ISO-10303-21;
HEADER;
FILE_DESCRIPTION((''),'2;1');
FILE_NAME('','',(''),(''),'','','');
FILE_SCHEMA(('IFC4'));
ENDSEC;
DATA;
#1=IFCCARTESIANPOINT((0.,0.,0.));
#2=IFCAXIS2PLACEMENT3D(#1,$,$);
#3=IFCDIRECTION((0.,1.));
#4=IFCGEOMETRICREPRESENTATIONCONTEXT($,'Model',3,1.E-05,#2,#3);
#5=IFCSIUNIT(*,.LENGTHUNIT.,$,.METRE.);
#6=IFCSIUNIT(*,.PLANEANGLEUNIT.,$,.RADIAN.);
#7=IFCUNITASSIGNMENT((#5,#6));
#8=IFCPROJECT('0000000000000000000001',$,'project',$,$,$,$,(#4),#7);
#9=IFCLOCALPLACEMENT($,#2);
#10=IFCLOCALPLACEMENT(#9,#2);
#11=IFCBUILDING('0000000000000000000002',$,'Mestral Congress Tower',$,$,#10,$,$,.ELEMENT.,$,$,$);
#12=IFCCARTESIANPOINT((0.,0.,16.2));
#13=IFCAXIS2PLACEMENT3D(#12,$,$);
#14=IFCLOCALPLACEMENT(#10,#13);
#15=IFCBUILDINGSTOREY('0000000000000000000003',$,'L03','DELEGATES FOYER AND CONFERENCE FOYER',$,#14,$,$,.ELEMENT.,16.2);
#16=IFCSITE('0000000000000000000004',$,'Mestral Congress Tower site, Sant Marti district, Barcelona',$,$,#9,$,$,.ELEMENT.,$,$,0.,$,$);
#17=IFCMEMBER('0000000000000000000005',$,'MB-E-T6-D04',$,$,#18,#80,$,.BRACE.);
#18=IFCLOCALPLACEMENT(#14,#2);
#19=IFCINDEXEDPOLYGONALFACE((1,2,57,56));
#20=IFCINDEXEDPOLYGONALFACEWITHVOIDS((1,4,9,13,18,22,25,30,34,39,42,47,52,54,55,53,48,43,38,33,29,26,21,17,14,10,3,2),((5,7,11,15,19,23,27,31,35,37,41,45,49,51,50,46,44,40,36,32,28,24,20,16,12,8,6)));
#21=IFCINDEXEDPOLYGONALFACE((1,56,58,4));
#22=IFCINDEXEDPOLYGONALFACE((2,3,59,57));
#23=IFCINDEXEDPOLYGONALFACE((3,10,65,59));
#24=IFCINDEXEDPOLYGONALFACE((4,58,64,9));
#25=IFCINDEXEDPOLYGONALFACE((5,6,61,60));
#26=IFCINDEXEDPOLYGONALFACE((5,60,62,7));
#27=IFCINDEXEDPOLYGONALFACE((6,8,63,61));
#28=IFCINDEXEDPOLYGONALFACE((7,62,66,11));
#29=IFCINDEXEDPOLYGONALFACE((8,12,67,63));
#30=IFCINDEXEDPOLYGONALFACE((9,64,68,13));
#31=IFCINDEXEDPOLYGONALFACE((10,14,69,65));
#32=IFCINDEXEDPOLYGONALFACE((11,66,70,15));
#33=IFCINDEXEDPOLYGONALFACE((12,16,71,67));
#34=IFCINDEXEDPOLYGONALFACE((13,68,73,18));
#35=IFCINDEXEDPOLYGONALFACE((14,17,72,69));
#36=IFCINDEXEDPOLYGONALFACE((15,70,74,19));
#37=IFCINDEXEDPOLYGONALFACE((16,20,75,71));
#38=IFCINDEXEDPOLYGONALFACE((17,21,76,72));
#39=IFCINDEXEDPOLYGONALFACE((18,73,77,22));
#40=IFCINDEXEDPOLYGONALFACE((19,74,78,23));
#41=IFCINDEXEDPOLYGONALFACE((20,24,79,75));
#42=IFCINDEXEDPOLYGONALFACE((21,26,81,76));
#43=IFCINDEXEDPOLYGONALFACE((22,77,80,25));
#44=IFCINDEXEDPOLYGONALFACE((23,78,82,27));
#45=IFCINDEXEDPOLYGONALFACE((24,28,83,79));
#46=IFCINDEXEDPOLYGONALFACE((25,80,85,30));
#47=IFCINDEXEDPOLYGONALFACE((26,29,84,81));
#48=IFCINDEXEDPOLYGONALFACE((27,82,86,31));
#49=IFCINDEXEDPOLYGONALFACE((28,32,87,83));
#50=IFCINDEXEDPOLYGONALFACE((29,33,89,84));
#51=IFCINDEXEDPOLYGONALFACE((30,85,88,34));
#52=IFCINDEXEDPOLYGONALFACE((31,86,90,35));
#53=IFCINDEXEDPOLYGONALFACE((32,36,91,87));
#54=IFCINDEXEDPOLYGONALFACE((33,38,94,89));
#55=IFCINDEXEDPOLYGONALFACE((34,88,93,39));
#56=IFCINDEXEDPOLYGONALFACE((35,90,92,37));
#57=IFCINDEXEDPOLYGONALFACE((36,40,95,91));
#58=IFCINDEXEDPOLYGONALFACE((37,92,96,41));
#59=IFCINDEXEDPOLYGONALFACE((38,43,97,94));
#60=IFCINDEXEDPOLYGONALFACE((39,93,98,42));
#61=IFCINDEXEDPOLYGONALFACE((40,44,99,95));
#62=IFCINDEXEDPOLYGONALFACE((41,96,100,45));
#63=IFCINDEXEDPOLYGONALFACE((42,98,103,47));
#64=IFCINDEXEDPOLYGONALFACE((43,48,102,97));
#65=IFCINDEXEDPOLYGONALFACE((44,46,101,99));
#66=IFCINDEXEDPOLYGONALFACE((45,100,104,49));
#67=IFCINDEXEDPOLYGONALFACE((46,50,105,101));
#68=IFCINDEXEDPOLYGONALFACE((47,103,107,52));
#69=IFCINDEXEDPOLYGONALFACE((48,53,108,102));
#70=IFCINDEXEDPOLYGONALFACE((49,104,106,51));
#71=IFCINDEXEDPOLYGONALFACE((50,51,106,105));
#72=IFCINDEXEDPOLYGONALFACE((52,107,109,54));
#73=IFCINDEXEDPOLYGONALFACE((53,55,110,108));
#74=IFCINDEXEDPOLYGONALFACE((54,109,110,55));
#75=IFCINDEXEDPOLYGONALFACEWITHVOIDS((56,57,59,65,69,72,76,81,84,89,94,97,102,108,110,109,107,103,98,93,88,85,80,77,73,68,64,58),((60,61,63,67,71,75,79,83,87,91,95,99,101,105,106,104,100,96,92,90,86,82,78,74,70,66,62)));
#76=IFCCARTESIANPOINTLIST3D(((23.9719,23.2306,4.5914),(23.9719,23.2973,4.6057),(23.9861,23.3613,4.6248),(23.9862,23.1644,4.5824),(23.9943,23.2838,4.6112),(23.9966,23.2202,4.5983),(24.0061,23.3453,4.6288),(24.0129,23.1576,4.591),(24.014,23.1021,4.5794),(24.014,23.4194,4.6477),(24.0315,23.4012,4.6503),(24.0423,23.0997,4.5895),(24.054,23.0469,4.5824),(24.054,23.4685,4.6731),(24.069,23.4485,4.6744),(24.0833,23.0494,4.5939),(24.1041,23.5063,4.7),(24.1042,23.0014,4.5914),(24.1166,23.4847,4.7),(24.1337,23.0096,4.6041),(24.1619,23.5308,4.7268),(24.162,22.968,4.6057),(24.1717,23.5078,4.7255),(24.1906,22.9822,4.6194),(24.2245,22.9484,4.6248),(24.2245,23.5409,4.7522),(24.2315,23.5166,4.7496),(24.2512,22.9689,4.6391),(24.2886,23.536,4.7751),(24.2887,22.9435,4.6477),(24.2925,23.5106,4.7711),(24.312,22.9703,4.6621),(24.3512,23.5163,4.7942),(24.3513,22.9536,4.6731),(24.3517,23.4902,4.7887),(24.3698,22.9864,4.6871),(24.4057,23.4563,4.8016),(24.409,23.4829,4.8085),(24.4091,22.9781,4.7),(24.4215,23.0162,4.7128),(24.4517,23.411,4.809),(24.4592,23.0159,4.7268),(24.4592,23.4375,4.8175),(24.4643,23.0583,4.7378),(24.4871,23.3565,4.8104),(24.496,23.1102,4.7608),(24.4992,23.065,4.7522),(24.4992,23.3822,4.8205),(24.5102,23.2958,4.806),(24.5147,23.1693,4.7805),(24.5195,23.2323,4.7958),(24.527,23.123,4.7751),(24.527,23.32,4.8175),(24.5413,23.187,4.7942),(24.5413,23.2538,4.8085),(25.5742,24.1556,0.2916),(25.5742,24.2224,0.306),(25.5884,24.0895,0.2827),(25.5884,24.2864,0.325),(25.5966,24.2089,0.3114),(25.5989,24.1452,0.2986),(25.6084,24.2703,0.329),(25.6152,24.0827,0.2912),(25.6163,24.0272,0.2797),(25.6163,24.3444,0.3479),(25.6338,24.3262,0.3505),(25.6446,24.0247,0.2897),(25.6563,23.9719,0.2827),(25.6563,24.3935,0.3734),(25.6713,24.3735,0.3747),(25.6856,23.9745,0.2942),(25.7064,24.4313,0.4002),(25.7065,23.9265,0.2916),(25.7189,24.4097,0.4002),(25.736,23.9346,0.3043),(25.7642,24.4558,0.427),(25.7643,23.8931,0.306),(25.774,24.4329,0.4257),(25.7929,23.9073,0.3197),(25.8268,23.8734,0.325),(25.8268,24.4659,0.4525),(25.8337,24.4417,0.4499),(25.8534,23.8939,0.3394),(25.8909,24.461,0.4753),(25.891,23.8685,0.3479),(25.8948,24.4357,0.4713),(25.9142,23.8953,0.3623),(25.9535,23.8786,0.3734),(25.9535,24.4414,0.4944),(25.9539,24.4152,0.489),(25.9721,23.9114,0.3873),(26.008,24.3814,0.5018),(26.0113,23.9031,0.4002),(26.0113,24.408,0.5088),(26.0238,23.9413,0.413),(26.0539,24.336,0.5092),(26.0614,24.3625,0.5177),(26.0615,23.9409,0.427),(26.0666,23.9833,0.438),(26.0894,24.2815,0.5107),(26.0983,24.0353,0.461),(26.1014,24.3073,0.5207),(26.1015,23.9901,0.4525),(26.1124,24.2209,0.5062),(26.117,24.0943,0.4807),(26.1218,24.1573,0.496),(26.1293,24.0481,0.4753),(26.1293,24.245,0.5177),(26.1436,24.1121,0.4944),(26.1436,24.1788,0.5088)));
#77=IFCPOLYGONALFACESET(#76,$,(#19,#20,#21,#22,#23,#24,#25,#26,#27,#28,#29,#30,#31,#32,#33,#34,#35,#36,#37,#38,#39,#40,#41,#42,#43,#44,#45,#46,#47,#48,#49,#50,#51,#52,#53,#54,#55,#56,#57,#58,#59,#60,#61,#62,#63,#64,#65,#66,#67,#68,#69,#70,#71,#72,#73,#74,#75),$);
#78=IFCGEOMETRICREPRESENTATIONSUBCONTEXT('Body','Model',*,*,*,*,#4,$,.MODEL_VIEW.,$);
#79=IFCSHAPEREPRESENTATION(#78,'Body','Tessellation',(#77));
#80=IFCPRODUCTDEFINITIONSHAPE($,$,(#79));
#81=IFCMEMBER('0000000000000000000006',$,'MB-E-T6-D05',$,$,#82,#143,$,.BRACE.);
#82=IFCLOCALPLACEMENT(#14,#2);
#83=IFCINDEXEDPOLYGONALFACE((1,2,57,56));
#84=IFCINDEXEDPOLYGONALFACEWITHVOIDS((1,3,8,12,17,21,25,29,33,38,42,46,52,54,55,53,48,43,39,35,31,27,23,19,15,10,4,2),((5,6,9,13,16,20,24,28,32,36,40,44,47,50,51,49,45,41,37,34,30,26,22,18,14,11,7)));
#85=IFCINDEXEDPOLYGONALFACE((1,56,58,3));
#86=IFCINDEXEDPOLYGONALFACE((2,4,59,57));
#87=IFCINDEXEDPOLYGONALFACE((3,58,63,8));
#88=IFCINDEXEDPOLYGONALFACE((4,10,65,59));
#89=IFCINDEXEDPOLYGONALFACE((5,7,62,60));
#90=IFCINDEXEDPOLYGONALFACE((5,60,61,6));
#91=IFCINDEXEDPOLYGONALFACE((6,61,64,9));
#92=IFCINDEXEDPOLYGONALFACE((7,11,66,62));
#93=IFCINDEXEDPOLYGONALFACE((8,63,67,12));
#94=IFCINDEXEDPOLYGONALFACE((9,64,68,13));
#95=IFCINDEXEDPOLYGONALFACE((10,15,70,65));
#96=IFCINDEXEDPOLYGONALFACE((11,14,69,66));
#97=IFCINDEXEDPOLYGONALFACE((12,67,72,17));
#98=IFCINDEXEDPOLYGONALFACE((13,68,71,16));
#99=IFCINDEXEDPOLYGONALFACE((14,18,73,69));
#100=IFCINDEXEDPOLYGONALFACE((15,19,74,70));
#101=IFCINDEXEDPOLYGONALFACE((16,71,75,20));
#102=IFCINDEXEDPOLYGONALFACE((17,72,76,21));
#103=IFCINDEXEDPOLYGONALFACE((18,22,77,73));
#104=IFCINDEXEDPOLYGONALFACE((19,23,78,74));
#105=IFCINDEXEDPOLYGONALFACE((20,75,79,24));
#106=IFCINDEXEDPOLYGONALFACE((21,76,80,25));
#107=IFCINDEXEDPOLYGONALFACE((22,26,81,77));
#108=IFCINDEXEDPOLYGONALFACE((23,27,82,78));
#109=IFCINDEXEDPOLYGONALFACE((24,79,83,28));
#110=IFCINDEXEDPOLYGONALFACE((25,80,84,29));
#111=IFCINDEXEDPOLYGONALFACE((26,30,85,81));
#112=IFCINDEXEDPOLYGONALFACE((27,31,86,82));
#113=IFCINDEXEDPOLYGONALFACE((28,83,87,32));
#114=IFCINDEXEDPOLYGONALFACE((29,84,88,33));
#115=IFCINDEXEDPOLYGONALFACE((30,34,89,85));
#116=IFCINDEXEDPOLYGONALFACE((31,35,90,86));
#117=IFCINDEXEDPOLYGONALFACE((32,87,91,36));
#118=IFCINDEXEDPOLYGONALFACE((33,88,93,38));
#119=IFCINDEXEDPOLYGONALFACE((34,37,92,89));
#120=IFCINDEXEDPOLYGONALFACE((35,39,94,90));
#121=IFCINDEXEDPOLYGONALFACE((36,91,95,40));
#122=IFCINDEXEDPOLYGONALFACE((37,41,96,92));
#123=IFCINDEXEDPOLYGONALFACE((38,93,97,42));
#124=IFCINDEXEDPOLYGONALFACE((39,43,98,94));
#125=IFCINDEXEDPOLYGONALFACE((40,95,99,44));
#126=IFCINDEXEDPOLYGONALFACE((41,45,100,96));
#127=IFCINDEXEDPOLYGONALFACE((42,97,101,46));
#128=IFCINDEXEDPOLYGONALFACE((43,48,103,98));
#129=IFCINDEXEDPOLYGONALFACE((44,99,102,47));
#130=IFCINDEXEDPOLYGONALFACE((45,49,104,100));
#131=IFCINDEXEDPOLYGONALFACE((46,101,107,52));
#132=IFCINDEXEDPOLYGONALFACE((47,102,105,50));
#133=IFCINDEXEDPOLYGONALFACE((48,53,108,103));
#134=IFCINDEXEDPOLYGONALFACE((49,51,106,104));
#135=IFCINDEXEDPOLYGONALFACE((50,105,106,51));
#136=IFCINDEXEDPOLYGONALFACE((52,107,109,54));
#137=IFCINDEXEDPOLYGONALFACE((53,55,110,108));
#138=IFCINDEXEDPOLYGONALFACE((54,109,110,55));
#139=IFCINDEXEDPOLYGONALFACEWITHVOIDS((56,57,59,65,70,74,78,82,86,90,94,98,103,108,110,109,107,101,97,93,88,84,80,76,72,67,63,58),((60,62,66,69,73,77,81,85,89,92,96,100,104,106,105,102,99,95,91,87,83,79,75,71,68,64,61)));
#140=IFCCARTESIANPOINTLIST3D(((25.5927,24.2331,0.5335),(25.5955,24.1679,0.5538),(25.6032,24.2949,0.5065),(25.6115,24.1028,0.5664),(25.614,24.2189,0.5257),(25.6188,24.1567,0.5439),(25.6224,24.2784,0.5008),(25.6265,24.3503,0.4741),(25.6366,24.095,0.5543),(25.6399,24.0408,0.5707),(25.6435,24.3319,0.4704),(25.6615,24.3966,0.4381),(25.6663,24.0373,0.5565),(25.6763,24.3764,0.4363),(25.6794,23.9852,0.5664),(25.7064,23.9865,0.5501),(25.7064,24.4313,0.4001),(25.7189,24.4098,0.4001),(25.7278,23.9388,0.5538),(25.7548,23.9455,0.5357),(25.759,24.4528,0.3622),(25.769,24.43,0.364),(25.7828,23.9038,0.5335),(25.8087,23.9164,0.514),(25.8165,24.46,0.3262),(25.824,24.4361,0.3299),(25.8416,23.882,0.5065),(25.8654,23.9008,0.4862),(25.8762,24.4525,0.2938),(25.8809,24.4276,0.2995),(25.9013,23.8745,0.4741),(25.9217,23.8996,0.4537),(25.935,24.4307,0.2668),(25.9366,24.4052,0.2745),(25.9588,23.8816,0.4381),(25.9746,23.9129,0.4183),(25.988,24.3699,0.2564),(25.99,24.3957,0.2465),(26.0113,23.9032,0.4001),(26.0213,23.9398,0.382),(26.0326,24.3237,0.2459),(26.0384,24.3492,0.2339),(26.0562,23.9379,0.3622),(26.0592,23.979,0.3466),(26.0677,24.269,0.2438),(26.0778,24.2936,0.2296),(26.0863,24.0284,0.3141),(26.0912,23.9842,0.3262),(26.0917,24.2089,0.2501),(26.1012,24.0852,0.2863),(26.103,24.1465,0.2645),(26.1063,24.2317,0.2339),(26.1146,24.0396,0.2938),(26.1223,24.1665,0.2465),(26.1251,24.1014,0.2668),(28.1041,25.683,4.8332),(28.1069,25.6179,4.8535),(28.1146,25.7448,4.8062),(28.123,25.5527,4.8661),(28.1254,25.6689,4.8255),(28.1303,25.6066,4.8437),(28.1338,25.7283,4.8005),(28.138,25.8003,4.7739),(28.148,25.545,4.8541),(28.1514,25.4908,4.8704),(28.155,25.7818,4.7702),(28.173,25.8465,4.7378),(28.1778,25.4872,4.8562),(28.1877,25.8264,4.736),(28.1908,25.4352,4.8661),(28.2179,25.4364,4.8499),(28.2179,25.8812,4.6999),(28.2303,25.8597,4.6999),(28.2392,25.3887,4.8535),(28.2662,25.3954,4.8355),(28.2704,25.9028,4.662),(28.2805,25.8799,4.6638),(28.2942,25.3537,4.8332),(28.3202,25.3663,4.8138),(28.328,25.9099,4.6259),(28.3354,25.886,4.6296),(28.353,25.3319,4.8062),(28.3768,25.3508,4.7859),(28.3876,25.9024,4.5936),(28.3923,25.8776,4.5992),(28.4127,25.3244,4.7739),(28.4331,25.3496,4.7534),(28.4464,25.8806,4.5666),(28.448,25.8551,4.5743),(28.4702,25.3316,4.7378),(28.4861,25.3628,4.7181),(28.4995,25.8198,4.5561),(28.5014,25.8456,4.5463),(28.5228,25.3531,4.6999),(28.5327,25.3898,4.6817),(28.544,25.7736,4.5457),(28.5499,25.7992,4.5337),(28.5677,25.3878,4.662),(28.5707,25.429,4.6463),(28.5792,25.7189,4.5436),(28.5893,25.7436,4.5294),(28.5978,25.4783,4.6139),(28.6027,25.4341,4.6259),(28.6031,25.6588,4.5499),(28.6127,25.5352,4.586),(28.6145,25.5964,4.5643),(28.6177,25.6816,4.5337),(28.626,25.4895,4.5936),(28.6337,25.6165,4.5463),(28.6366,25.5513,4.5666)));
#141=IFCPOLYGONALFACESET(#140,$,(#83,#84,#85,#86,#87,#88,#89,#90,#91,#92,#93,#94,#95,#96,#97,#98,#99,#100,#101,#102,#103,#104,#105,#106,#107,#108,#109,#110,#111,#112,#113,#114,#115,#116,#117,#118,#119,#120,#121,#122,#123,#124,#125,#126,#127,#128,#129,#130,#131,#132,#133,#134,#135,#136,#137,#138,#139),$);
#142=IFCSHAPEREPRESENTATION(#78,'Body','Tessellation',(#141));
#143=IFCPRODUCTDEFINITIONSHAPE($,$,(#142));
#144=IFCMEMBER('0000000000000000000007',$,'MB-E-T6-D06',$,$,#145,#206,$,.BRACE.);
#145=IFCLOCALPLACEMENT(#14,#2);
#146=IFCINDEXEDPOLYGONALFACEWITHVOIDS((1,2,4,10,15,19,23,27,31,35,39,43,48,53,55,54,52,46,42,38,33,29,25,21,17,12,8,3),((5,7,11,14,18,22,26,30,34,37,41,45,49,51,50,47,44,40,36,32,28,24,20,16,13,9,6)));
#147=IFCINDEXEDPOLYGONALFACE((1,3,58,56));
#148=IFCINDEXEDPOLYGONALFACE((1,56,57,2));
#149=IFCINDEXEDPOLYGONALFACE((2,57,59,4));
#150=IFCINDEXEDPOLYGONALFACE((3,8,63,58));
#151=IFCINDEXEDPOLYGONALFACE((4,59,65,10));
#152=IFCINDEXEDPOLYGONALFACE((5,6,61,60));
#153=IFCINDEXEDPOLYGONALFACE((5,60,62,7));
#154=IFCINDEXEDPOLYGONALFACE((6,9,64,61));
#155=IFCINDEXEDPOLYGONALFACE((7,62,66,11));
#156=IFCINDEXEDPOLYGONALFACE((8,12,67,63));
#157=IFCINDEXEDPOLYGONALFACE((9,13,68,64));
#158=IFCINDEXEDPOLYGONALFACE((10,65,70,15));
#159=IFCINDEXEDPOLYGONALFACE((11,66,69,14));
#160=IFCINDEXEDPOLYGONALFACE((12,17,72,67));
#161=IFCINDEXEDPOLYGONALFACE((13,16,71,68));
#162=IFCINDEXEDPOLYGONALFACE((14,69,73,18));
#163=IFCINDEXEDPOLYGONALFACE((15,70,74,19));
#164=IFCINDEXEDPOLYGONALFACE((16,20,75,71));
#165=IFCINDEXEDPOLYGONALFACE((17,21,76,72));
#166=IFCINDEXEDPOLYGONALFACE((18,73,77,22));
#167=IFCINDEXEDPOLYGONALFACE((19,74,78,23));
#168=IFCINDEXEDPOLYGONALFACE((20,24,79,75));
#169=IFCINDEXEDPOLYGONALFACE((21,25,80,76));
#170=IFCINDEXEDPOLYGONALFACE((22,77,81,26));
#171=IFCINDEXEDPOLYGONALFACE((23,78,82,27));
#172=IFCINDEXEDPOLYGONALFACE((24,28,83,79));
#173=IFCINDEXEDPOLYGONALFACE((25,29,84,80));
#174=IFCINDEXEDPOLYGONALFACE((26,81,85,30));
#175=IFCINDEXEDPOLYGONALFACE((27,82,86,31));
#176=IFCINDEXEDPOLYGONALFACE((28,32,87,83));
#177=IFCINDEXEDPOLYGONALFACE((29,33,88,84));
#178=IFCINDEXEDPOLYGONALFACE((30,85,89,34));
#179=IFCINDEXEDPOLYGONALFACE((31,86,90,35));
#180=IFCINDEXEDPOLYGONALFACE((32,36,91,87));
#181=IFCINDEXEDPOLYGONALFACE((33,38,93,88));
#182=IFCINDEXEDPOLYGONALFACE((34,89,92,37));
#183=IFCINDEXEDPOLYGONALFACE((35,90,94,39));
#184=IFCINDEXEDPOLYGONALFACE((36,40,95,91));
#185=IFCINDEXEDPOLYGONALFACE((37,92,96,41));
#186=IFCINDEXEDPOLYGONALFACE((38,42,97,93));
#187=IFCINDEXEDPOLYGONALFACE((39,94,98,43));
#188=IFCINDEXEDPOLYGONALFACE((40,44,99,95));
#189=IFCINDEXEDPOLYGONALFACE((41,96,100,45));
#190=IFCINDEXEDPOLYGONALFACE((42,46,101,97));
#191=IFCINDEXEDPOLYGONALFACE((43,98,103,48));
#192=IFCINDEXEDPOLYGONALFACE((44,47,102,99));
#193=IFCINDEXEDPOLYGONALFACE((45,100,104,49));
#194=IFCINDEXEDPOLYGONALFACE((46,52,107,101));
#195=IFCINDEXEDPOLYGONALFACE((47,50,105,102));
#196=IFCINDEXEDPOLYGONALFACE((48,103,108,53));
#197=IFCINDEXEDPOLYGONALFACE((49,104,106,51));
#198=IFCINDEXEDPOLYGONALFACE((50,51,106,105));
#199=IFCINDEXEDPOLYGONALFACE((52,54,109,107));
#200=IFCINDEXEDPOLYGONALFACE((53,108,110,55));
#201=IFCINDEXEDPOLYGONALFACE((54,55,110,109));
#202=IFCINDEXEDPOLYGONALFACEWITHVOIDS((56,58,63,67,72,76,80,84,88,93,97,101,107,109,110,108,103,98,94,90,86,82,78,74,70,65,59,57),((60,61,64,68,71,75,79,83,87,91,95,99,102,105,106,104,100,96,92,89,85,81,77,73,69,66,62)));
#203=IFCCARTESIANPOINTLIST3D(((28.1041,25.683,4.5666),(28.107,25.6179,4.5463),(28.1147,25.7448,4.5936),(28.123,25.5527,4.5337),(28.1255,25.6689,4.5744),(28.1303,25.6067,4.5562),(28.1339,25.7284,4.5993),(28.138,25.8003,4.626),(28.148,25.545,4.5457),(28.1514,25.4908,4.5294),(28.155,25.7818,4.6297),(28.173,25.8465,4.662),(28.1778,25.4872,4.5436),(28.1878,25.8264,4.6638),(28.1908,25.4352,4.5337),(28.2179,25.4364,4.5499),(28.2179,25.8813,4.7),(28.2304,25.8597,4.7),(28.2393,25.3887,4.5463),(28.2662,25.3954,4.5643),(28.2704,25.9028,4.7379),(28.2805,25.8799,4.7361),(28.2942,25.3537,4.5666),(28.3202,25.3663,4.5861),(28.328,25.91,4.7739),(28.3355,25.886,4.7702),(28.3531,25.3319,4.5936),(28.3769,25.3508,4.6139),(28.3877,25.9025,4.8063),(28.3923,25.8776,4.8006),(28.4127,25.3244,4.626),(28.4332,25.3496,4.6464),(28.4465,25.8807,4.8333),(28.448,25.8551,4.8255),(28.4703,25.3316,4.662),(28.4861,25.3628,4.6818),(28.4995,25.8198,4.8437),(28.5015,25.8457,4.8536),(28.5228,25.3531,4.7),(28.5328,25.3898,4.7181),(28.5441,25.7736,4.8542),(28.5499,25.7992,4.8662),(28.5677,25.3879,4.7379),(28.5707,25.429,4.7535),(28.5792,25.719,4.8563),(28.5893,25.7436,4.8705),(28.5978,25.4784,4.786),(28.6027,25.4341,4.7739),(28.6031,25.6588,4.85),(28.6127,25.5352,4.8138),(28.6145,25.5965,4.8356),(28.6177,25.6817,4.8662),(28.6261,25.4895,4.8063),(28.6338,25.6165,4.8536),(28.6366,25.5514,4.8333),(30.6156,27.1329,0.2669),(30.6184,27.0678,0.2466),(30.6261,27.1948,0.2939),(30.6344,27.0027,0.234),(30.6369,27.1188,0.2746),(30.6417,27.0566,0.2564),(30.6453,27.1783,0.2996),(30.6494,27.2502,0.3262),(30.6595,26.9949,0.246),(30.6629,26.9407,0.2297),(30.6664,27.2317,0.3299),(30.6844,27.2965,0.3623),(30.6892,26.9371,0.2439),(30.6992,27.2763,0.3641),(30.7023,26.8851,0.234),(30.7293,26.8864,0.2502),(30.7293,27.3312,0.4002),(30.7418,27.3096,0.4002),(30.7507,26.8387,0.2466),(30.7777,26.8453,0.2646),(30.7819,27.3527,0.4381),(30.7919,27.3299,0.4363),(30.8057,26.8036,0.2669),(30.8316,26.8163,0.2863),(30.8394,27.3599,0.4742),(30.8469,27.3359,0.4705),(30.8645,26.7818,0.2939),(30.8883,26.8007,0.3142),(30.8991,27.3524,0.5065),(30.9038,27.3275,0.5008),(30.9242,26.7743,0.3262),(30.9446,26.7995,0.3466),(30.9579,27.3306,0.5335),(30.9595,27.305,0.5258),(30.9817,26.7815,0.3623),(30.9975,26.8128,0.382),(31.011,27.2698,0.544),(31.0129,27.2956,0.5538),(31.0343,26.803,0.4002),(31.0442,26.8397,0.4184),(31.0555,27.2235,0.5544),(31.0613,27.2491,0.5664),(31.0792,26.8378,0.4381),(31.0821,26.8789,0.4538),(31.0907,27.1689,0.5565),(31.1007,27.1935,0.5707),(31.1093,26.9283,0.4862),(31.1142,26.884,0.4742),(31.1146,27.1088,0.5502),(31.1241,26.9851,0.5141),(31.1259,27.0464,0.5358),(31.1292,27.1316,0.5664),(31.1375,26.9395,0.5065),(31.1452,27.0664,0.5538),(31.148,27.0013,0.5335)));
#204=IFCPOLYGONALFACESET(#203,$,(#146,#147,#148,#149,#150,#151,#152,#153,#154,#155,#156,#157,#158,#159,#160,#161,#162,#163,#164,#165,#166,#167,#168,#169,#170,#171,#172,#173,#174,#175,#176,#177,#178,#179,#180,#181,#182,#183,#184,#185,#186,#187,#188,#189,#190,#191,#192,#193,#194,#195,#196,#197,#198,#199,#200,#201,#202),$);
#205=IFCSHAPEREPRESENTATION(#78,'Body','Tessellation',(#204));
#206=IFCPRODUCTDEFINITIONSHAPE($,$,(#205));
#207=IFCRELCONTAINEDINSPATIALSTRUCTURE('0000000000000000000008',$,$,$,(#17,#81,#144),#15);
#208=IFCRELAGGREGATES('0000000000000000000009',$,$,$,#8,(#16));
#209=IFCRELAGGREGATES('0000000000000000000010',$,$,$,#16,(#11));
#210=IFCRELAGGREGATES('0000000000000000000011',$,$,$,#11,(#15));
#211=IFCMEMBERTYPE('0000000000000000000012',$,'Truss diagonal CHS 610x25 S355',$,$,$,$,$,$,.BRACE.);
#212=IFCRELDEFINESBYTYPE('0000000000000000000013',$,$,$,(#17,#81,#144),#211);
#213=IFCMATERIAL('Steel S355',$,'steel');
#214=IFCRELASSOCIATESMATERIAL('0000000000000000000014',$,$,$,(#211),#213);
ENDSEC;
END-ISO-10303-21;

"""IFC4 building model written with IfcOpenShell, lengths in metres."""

from ifc_helpers import new_model, si_unit, direction, frame, origin, origin_2d, place, context, subcontext, project, spatial, hollow_circle, extrude, material, material_profile, profile_set, type_object, element, save


model = new_model("IFC4")

# Units and contexts
model_context = context("Model", 3, precision=1e-05, world=origin(), true_north=direction((0.0, 1.0)))
body_context = subcontext(model_context, "Body", "Model", "MODEL_VIEW")
ifc_project = project(units=[si_unit("LENGTHUNIT", "METRE"), si_unit("PLANEANGLEUNIT", "RADIAN")], contexts=[model_context])

# Site, building, storey
site_placement = place(None, origin())
site = spatial("IfcSite", under=ifc_project, at=site_placement, Name="Mestral Congress Tower site, Sant Marti district, Barcelona", CompositionType="ELEMENT", RefElevation=0.0)
building_placement = place(site_placement, origin())
building = spatial("IfcBuilding", under=site, at=building_placement, Name="Mestral Congress Tower", CompositionType="ELEMENT")
storey_placement = place(building_placement, frame((0.0, 0.0, 16.2)))
storey = spatial("IfcBuildingStorey", under=building, at=storey_placement, Name="L03", Description="DELEGATES FOYER AND CONFERENCE FOYER", CompositionType="ELEMENT", Elevation=16.2)

# Members
ifc_material = material(Name="Steel S355", Category="steel")
ifc_material_profile_1 = material_profile(ifc_material, hollow_circle(Radius=0.3049, WallThickness=0.0249, at=origin_2d()), Name="CHS 610x25")
ifc_profile_set_1 = profile_set([ifc_material_profile_1], Name="Steel S355")
member_type_1 = type_object("IfcMemberType", Name="Truss diagonal CHS 610x25 S355", PredefinedType="BRACE", material=ifc_profile_set_1)
for number, where, z_axis, x_axis, name in (
    (1, (24.2566, 23.2422, 4.7), (0.342301, 0.197619, -0.918573), (-0.499985, 0.866034, 0.0), "MB-E-T6-D04"),
):
    element("IfcMember", number, at=place(storey_placement, frame(where, z_axis=z_axis, x_axis=x_axis)), inside=storey, type_object=member_type_1, Name=name, PredefinedType="BRACE", context=body_context, shape_type="SweptSolid", body=[
        extrude(hollow_circle(Radius=0.3049, WallThickness=0.0249, at=origin_2d()), origin(), (0.0, 0.0, 1.0), 4.6809),
    ])
for number, where, z_axis, x_axis, name in (
    (2, (25.8589, 24.1672, 0.4001), (0.484247, 0.279571, 0.829062), (-0.499987, 0.866033, 0.0), "MB-E-T6-D05"),
    (3, (28.3704, 25.6172, 4.7), (0.484247, 0.279571, -0.829062), (-0.499987, 0.866033, 0.0), "MB-E-T6-D06"),
):
    element("IfcMember", number, at=place(storey_placement, frame(where, z_axis=z_axis, x_axis=x_axis)), inside=storey, type_object=member_type_1, Name=name, PredefinedType="BRACE", context=body_context, shape_type="SweptSolid", body=[
        extrude(hollow_circle(Radius=0.3049, WallThickness=0.0249, at=origin_2d()), origin(), (0.0, 0.0, 1.0), 5.1863),
    ])

save(model, "model.ifc")
